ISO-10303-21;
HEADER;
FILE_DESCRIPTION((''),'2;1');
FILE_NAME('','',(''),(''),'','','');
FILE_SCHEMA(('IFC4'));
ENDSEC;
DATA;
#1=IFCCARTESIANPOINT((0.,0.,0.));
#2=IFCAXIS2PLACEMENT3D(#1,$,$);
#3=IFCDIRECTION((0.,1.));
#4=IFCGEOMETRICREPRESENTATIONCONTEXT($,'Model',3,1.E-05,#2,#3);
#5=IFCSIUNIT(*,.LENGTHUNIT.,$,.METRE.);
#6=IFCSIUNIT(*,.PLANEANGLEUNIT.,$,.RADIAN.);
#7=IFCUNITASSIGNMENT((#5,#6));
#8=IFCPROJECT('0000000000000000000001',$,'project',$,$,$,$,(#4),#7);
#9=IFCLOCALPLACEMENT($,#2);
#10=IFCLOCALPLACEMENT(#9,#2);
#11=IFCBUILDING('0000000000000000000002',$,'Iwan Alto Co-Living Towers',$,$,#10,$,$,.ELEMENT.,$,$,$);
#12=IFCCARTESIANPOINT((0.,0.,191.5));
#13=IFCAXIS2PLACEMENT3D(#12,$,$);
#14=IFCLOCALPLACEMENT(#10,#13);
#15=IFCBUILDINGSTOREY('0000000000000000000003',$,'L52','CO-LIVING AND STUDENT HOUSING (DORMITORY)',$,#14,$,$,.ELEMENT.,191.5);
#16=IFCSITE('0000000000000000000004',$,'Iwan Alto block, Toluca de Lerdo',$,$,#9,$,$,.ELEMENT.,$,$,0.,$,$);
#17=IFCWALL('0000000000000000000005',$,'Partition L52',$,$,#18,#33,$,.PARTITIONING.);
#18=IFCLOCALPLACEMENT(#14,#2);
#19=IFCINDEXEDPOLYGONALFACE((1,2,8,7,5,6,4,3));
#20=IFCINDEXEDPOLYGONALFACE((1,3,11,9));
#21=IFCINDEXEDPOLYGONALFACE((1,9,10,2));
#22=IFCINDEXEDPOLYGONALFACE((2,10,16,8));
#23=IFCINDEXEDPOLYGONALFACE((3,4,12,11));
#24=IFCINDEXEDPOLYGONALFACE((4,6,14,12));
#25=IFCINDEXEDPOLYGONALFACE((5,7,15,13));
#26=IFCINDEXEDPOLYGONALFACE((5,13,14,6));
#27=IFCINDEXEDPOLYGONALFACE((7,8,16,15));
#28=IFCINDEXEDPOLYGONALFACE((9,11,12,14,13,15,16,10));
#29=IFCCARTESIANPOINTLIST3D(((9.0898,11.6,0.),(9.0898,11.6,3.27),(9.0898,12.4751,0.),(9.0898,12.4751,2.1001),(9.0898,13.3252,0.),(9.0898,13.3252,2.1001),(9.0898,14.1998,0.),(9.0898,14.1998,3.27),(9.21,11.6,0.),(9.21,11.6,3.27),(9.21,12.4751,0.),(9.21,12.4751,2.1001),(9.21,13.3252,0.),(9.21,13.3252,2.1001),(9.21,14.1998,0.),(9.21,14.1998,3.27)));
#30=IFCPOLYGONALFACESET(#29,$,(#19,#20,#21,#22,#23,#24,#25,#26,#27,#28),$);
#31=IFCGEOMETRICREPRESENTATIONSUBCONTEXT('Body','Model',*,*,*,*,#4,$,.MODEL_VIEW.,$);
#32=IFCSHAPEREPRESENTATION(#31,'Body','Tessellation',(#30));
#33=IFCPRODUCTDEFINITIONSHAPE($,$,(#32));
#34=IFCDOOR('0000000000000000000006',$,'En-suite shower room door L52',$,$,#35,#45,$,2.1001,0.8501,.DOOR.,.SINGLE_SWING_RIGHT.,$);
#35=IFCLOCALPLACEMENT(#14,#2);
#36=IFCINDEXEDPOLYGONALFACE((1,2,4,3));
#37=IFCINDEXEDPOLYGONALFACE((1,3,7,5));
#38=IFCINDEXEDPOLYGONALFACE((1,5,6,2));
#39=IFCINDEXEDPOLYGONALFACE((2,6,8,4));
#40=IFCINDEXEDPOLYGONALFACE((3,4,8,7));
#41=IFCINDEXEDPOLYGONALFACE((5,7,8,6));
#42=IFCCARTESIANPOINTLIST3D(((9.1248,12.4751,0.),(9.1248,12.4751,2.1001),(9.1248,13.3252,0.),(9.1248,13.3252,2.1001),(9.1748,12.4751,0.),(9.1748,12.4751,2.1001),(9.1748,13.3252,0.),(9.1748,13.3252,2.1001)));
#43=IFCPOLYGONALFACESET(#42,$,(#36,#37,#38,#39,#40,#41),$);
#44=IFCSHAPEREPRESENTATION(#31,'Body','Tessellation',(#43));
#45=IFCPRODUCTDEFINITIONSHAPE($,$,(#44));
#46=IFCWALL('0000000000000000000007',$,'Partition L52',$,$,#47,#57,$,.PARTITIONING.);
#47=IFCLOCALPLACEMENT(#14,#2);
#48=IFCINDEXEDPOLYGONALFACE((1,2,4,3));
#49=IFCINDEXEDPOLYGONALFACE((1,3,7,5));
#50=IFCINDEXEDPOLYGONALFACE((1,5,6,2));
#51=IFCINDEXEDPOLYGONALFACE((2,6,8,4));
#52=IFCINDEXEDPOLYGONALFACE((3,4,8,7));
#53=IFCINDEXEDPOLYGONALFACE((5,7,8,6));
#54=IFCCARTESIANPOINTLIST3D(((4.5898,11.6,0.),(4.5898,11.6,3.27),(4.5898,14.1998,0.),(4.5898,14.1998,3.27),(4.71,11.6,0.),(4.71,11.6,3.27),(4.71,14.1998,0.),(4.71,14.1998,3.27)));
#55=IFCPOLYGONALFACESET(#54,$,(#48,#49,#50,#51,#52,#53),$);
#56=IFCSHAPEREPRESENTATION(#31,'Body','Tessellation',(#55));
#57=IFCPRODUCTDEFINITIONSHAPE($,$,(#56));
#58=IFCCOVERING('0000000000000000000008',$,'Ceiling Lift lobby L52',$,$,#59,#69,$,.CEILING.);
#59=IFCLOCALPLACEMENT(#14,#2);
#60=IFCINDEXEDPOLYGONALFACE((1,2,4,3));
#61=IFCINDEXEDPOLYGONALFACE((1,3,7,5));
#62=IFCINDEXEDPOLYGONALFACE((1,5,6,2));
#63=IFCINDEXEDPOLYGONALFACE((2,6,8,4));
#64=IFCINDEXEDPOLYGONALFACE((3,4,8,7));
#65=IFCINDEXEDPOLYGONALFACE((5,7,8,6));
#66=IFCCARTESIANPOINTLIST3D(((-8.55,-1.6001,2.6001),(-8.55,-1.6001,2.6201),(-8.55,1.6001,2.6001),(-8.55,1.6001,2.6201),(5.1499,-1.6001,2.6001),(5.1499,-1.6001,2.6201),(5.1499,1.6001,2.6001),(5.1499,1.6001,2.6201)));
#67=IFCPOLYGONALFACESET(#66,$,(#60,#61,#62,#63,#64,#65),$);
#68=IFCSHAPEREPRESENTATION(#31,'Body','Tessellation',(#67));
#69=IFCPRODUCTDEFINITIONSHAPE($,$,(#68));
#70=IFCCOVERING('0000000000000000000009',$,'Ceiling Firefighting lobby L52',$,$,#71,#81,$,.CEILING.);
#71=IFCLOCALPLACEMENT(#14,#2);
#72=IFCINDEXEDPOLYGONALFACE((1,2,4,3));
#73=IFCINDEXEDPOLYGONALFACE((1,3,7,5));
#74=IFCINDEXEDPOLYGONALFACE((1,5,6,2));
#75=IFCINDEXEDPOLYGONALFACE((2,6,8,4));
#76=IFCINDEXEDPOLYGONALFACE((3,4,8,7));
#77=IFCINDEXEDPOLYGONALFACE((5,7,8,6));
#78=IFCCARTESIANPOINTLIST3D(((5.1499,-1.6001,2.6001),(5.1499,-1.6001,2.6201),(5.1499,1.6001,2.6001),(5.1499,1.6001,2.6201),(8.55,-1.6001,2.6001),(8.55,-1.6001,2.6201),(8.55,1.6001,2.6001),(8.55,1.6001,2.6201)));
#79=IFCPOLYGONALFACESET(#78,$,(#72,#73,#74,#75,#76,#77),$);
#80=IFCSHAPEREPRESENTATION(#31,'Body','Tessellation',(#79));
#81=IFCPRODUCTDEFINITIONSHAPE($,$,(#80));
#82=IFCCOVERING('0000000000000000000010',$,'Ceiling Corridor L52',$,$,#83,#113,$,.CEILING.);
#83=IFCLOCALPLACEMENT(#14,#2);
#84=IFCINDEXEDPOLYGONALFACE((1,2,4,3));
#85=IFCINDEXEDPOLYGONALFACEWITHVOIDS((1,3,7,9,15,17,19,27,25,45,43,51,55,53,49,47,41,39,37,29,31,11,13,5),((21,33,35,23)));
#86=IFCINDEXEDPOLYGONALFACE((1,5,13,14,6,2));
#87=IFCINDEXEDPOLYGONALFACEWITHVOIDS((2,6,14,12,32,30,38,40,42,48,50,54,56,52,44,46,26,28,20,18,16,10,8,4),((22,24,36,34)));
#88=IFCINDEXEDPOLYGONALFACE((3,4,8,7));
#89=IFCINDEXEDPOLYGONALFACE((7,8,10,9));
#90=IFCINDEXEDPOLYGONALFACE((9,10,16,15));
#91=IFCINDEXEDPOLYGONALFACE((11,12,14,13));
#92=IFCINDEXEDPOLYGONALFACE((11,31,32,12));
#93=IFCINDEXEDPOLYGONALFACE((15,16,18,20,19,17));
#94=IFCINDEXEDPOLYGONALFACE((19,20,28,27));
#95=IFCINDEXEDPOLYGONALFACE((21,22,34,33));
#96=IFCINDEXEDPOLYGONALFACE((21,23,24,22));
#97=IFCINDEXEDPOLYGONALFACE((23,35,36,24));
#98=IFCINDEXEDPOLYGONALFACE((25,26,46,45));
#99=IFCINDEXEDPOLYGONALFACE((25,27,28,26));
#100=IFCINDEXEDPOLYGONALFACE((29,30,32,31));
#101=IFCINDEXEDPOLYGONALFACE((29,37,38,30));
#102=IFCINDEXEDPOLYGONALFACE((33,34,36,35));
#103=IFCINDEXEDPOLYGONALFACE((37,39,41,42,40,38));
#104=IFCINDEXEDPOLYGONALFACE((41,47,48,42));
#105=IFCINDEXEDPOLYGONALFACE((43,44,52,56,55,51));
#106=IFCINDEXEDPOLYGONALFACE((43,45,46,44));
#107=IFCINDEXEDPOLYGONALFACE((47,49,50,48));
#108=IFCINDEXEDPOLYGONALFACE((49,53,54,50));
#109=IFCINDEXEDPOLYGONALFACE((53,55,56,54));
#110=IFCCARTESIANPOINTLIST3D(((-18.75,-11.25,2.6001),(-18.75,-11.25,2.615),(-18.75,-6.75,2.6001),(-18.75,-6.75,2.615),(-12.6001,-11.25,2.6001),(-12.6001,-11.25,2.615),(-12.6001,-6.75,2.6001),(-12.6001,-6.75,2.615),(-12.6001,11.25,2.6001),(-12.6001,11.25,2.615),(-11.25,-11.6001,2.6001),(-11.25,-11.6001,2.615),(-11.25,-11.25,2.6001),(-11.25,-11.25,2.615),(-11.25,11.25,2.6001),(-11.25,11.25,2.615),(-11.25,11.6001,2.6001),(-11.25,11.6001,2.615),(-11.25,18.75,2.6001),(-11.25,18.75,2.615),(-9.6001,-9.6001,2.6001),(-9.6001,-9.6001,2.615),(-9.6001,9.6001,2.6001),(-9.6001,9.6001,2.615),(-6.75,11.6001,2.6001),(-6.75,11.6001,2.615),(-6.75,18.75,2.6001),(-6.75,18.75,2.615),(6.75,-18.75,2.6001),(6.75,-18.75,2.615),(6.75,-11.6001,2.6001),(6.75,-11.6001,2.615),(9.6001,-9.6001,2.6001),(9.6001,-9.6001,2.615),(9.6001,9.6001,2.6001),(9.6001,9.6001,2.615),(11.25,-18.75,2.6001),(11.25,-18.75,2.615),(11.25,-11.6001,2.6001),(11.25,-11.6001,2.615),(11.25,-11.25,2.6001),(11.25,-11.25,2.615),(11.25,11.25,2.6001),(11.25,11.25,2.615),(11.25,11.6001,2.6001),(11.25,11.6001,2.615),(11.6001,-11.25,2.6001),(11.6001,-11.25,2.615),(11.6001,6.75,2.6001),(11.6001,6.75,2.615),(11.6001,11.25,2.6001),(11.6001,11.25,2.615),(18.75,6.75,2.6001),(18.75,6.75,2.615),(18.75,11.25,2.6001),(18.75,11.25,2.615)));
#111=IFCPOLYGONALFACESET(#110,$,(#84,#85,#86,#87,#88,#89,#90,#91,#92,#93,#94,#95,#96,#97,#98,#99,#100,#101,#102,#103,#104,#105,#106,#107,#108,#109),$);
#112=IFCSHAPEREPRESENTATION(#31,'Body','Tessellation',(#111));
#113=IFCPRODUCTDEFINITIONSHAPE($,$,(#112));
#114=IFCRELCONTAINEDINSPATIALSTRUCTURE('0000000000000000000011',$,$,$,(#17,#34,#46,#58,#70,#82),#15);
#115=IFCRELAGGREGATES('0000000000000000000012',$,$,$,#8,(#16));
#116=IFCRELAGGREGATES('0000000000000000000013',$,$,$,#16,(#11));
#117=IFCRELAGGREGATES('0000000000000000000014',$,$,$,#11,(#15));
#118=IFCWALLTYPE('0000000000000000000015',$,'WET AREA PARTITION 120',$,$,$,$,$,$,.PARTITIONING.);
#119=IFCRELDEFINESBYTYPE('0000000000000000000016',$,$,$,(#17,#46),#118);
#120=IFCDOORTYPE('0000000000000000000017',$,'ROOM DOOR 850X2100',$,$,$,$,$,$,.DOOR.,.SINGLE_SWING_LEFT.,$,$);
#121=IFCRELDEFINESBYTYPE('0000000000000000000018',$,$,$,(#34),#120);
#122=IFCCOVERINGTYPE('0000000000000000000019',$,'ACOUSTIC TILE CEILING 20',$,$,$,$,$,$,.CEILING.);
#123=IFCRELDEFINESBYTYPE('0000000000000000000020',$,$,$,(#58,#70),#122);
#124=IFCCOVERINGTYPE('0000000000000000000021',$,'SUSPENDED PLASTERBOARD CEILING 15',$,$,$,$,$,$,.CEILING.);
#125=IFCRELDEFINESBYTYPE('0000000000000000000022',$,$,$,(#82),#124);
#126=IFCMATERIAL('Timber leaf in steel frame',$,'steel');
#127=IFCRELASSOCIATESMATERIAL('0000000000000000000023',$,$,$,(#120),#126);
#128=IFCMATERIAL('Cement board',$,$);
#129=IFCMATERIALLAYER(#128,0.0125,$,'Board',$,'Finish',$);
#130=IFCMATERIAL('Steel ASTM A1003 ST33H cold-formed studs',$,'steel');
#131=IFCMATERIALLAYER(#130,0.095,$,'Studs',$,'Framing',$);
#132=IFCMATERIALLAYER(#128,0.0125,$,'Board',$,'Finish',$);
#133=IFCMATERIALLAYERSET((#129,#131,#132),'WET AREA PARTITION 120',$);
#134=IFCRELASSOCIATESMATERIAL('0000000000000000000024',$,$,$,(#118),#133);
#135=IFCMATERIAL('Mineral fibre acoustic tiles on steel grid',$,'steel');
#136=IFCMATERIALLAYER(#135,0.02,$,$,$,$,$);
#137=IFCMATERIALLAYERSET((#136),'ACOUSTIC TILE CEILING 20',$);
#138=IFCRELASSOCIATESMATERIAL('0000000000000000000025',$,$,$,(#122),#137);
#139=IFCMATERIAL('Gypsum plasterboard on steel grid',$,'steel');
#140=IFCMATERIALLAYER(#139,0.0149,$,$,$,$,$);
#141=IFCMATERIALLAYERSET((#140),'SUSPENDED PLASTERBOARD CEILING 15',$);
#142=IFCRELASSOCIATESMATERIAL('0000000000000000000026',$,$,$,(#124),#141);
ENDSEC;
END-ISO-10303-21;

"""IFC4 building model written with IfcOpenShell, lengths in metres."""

from ifc_helpers import new_model, si_unit, direction, frame, frame_2d, origin, place, context, subcontext, project, spatial, polyline, rectangle, outline, extrude, material, layer, layer_set, type_object, element, fill, save


model = new_model("IFC4")

# Units and contexts
model_context = context("Model", 3, precision=1e-05, world=origin(), true_north=direction((0.0, 1.0)))
body_context = subcontext(model_context, "Body", "Model", "MODEL_VIEW")
ifc_project = project(units=[si_unit("LENGTHUNIT", "METRE"), si_unit("PLANEANGLEUNIT", "RADIAN")], contexts=[model_context])

# Site, building, storey
site_placement = place(None, origin())
site = spatial("IfcSite", under=ifc_project, at=site_placement, Name="Iwan Alto block, Toluca de Lerdo", CompositionType="ELEMENT", RefElevation=0.0)
building_placement = place(site_placement, origin())
building = spatial("IfcBuilding", under=site, at=building_placement, Name="Iwan Alto Co-Living Towers", CompositionType="ELEMENT")
storey_placement = place(building_placement, frame((0.0, 0.0, 191.5)))
storey = spatial("IfcBuildingStorey", under=building, at=storey_placement, Name="L52", Description="CO-LIVING AND STUDENT HOUSING (DORMITORY)", CompositionType="ELEMENT", Elevation=191.5)

# Shared definitions
ifc_material_1 = material(Name="Steel ASTM A1003 ST33H cold-formed studs", Category="steel")

# Shared definitions
ifc_material_2 = material(Name="Timber leaf in steel frame", Category="steel")
door_type_1 = type_object("IfcDoorType", Name="ROOM DOOR 850X2100", OperationType="SINGLE_SWING_LEFT", PredefinedType="DOOR", material=ifc_material_2)

# Shared definitions
ifc_material_3 = material(Name="Cement board")
ifc_layer_1 = layer(ifc_material_3, 0.0125, Name="Board", Category="Finish")
ifc_layer_2 = layer(ifc_material_1, 0.095, Name="Studs", Category="Framing")
ifc_layer_3 = layer(ifc_material_3, 0.0125, Name="Board", Category="Finish")
ifc_layer_set_1 = layer_set([ifc_layer_1, ifc_layer_2, ifc_layer_3], Name="WET AREA PARTITION 120")
wall_type_1 = type_object("IfcWallType", Name="WET AREA PARTITION 120", PredefinedType="PARTITIONING", material=ifc_layer_set_1)

# Wall, opening, door
wall_1_placement = place(storey_placement, frame((9.1499, 11.6001, 0.0), z_axis=(0.0, 0.0, 1.0), x_axis=(0.0, 1.0, 0.0)))
wall_1 = element("IfcWall", 1, at=wall_1_placement, inside=storey, type_object=wall_type_1, Name="Partition L52", PredefinedType="PARTITIONING", context=body_context, shape_type="SweptSolid", body=[
    extrude(rectangle(XDim=2.5999, YDim=0.1201, at=frame_2d((1.2998, 0.0))), origin(), (0.0, 0.0, 1.0), 3.27),
])
opening_1_placement = place(wall_1_placement, frame((0.875, 0.0, 0.0)))
opening_1 = element("IfcOpeningElement", 2, at=opening_1_placement, cuts=wall_1, PredefinedType="OPENING", context=body_context, shape_type="SweptSolid", body=[
    extrude(rectangle(XDim=0.8501, YDim=2.1001, at=frame_2d((0.425, 1.05))), frame((0.0, 0.0701, 0.0), z_axis=(0.0, -1.0, 0.0), x_axis=(1.0, 0.0, 0.0)), (0.0, 0.0, 1.0), 0.1401),
])
door_1_placement = place(opening_1_placement, frame((0.8501, 0.0, 0.0), z_axis=(0.0, 0.0, 1.0), x_axis=(-1.0, 0.0, 0.0)))
door_1 = element("IfcDoor", 3, at=door_1_placement, inside=storey, type_object=door_type_1, Name="En-suite shower room door L52", OperationType="SINGLE_SWING_RIGHT", OverallHeight=2.1001, OverallWidth=0.8501, PredefinedType="DOOR", context=body_context, shape_type="SweptSolid", body=[
    extrude(rectangle(XDim=0.8501, YDim=2.1001, at=frame_2d((0.425, 1.05))), frame((0.0, 0.0249, 0.0), z_axis=(0.0, -1.0, 0.0), x_axis=(1.0, 0.0, 0.0)), (0.0, 0.0, 1.0), 0.05),
])
fill(opening_1, door_1)

# Wall
wall_2_placement = place(storey_placement, frame((4.6499, 11.6001, 0.0), z_axis=(0.0, 0.0, 1.0), x_axis=(0.0, 1.0, 0.0)))
element("IfcWall", 4, at=wall_2_placement, inside=storey, type_object=wall_type_1, Name="Partition L52", PredefinedType="PARTITIONING", context=body_context, shape_type="SweptSolid", body=[
    extrude(rectangle(XDim=2.5999, YDim=0.1201, at=frame_2d((1.2998, 0.0))), origin(), (0.0, 0.0, 1.0), 3.27),
])

# Coverings
ifc_material_4 = material(Name="Mineral fibre acoustic tiles on steel grid", Category="steel")
ifc_layer_4 = layer(ifc_material_4, 0.02)
ifc_layer_set_2 = layer_set([ifc_layer_4], Name="ACOUSTIC TILE CEILING 20")
covering_type_1 = type_object("IfcCoveringType", Name="ACOUSTIC TILE CEILING 20", PredefinedType="CEILING", material=ifc_layer_set_2)
covering_1_placement = place(storey_placement, frame((0.0, 0.0, 2.6001)))
element("IfcCovering", 5, at=covering_1_placement, inside=storey, type_object=covering_type_1, Name="Ceiling Lift lobby L52", PredefinedType="CEILING", context=body_context, shape_type="SweptSolid", body=[
    extrude(outline(polyline([(-8.55, -1.6001), (-8.55, 1.6001), (5.1499, 1.6001), (5.1499, -1.6001), (-8.55, -1.6001)])), origin(), (0.0, 0.0, 1.0), 0.02),
])
covering_2_placement = place(storey_placement, frame((0.0, 0.0, 2.6001)))
element("IfcCovering", 6, at=covering_2_placement, inside=storey, type_object=covering_type_1, Name="Ceiling Firefighting lobby L52", PredefinedType="CEILING", context=body_context, shape_type="SweptSolid", body=[
    extrude(outline(polyline([(5.1499, -1.6001), (5.1499, 1.6001), (8.55, 1.6001), (8.55, -1.6001), (5.1499, -1.6001)])), origin(), (0.0, 0.0, 1.0), 0.02),
])
ifc_material_5 = material(Name="Gypsum plasterboard on steel grid", Category="steel")
ifc_layer_5 = layer(ifc_material_5, 0.0149)
ifc_layer_set_3 = layer_set([ifc_layer_5], Name="SUSPENDED PLASTERBOARD CEILING 15")
covering_type_2 = type_object("IfcCoveringType", Name="SUSPENDED PLASTERBOARD CEILING 15", PredefinedType="CEILING", material=ifc_layer_set_3)
covering_3_placement = place(storey_placement, frame((0.0, 0.0, 2.6001)))
element("IfcCovering", 7, at=covering_3_placement, inside=storey, type_object=covering_type_2, Name="Ceiling Corridor L52", PredefinedType="CEILING", context=body_context, shape_type="SweptSolid", body=[
    extrude(outline(polyline([(-18.75, -6.75), (-12.6001, -6.75), (-12.6001, 11.25), (-11.25, 11.25), (-11.25, 11.6001), (-11.25, 18.75), (-6.75, 18.75), (-6.75, 11.6001), (11.25, 11.6001), (11.25, 11.25), (11.6001, 11.25), (18.75, 11.25), (18.75, 6.75), (11.6001, 6.75), (11.6001, -11.25), (11.25, -11.25), (11.25, -11.6001), (11.25, -18.75), (6.75, -18.75), (6.75, -11.6001), (-11.25, -11.6001), (-11.25, -11.25), (-12.6001, -11.25), (-18.75, -11.25), (-18.75, -6.75)]), holes=[polyline([(9.6001, 9.6001), (-9.6001, 9.6001), (-9.6001, -9.6001), (9.6001, -9.6001), (9.6001, 9.6001)])]), origin(), (0.0, 0.0, 1.0), 0.0149),
])

save(model, "model.ifc")
